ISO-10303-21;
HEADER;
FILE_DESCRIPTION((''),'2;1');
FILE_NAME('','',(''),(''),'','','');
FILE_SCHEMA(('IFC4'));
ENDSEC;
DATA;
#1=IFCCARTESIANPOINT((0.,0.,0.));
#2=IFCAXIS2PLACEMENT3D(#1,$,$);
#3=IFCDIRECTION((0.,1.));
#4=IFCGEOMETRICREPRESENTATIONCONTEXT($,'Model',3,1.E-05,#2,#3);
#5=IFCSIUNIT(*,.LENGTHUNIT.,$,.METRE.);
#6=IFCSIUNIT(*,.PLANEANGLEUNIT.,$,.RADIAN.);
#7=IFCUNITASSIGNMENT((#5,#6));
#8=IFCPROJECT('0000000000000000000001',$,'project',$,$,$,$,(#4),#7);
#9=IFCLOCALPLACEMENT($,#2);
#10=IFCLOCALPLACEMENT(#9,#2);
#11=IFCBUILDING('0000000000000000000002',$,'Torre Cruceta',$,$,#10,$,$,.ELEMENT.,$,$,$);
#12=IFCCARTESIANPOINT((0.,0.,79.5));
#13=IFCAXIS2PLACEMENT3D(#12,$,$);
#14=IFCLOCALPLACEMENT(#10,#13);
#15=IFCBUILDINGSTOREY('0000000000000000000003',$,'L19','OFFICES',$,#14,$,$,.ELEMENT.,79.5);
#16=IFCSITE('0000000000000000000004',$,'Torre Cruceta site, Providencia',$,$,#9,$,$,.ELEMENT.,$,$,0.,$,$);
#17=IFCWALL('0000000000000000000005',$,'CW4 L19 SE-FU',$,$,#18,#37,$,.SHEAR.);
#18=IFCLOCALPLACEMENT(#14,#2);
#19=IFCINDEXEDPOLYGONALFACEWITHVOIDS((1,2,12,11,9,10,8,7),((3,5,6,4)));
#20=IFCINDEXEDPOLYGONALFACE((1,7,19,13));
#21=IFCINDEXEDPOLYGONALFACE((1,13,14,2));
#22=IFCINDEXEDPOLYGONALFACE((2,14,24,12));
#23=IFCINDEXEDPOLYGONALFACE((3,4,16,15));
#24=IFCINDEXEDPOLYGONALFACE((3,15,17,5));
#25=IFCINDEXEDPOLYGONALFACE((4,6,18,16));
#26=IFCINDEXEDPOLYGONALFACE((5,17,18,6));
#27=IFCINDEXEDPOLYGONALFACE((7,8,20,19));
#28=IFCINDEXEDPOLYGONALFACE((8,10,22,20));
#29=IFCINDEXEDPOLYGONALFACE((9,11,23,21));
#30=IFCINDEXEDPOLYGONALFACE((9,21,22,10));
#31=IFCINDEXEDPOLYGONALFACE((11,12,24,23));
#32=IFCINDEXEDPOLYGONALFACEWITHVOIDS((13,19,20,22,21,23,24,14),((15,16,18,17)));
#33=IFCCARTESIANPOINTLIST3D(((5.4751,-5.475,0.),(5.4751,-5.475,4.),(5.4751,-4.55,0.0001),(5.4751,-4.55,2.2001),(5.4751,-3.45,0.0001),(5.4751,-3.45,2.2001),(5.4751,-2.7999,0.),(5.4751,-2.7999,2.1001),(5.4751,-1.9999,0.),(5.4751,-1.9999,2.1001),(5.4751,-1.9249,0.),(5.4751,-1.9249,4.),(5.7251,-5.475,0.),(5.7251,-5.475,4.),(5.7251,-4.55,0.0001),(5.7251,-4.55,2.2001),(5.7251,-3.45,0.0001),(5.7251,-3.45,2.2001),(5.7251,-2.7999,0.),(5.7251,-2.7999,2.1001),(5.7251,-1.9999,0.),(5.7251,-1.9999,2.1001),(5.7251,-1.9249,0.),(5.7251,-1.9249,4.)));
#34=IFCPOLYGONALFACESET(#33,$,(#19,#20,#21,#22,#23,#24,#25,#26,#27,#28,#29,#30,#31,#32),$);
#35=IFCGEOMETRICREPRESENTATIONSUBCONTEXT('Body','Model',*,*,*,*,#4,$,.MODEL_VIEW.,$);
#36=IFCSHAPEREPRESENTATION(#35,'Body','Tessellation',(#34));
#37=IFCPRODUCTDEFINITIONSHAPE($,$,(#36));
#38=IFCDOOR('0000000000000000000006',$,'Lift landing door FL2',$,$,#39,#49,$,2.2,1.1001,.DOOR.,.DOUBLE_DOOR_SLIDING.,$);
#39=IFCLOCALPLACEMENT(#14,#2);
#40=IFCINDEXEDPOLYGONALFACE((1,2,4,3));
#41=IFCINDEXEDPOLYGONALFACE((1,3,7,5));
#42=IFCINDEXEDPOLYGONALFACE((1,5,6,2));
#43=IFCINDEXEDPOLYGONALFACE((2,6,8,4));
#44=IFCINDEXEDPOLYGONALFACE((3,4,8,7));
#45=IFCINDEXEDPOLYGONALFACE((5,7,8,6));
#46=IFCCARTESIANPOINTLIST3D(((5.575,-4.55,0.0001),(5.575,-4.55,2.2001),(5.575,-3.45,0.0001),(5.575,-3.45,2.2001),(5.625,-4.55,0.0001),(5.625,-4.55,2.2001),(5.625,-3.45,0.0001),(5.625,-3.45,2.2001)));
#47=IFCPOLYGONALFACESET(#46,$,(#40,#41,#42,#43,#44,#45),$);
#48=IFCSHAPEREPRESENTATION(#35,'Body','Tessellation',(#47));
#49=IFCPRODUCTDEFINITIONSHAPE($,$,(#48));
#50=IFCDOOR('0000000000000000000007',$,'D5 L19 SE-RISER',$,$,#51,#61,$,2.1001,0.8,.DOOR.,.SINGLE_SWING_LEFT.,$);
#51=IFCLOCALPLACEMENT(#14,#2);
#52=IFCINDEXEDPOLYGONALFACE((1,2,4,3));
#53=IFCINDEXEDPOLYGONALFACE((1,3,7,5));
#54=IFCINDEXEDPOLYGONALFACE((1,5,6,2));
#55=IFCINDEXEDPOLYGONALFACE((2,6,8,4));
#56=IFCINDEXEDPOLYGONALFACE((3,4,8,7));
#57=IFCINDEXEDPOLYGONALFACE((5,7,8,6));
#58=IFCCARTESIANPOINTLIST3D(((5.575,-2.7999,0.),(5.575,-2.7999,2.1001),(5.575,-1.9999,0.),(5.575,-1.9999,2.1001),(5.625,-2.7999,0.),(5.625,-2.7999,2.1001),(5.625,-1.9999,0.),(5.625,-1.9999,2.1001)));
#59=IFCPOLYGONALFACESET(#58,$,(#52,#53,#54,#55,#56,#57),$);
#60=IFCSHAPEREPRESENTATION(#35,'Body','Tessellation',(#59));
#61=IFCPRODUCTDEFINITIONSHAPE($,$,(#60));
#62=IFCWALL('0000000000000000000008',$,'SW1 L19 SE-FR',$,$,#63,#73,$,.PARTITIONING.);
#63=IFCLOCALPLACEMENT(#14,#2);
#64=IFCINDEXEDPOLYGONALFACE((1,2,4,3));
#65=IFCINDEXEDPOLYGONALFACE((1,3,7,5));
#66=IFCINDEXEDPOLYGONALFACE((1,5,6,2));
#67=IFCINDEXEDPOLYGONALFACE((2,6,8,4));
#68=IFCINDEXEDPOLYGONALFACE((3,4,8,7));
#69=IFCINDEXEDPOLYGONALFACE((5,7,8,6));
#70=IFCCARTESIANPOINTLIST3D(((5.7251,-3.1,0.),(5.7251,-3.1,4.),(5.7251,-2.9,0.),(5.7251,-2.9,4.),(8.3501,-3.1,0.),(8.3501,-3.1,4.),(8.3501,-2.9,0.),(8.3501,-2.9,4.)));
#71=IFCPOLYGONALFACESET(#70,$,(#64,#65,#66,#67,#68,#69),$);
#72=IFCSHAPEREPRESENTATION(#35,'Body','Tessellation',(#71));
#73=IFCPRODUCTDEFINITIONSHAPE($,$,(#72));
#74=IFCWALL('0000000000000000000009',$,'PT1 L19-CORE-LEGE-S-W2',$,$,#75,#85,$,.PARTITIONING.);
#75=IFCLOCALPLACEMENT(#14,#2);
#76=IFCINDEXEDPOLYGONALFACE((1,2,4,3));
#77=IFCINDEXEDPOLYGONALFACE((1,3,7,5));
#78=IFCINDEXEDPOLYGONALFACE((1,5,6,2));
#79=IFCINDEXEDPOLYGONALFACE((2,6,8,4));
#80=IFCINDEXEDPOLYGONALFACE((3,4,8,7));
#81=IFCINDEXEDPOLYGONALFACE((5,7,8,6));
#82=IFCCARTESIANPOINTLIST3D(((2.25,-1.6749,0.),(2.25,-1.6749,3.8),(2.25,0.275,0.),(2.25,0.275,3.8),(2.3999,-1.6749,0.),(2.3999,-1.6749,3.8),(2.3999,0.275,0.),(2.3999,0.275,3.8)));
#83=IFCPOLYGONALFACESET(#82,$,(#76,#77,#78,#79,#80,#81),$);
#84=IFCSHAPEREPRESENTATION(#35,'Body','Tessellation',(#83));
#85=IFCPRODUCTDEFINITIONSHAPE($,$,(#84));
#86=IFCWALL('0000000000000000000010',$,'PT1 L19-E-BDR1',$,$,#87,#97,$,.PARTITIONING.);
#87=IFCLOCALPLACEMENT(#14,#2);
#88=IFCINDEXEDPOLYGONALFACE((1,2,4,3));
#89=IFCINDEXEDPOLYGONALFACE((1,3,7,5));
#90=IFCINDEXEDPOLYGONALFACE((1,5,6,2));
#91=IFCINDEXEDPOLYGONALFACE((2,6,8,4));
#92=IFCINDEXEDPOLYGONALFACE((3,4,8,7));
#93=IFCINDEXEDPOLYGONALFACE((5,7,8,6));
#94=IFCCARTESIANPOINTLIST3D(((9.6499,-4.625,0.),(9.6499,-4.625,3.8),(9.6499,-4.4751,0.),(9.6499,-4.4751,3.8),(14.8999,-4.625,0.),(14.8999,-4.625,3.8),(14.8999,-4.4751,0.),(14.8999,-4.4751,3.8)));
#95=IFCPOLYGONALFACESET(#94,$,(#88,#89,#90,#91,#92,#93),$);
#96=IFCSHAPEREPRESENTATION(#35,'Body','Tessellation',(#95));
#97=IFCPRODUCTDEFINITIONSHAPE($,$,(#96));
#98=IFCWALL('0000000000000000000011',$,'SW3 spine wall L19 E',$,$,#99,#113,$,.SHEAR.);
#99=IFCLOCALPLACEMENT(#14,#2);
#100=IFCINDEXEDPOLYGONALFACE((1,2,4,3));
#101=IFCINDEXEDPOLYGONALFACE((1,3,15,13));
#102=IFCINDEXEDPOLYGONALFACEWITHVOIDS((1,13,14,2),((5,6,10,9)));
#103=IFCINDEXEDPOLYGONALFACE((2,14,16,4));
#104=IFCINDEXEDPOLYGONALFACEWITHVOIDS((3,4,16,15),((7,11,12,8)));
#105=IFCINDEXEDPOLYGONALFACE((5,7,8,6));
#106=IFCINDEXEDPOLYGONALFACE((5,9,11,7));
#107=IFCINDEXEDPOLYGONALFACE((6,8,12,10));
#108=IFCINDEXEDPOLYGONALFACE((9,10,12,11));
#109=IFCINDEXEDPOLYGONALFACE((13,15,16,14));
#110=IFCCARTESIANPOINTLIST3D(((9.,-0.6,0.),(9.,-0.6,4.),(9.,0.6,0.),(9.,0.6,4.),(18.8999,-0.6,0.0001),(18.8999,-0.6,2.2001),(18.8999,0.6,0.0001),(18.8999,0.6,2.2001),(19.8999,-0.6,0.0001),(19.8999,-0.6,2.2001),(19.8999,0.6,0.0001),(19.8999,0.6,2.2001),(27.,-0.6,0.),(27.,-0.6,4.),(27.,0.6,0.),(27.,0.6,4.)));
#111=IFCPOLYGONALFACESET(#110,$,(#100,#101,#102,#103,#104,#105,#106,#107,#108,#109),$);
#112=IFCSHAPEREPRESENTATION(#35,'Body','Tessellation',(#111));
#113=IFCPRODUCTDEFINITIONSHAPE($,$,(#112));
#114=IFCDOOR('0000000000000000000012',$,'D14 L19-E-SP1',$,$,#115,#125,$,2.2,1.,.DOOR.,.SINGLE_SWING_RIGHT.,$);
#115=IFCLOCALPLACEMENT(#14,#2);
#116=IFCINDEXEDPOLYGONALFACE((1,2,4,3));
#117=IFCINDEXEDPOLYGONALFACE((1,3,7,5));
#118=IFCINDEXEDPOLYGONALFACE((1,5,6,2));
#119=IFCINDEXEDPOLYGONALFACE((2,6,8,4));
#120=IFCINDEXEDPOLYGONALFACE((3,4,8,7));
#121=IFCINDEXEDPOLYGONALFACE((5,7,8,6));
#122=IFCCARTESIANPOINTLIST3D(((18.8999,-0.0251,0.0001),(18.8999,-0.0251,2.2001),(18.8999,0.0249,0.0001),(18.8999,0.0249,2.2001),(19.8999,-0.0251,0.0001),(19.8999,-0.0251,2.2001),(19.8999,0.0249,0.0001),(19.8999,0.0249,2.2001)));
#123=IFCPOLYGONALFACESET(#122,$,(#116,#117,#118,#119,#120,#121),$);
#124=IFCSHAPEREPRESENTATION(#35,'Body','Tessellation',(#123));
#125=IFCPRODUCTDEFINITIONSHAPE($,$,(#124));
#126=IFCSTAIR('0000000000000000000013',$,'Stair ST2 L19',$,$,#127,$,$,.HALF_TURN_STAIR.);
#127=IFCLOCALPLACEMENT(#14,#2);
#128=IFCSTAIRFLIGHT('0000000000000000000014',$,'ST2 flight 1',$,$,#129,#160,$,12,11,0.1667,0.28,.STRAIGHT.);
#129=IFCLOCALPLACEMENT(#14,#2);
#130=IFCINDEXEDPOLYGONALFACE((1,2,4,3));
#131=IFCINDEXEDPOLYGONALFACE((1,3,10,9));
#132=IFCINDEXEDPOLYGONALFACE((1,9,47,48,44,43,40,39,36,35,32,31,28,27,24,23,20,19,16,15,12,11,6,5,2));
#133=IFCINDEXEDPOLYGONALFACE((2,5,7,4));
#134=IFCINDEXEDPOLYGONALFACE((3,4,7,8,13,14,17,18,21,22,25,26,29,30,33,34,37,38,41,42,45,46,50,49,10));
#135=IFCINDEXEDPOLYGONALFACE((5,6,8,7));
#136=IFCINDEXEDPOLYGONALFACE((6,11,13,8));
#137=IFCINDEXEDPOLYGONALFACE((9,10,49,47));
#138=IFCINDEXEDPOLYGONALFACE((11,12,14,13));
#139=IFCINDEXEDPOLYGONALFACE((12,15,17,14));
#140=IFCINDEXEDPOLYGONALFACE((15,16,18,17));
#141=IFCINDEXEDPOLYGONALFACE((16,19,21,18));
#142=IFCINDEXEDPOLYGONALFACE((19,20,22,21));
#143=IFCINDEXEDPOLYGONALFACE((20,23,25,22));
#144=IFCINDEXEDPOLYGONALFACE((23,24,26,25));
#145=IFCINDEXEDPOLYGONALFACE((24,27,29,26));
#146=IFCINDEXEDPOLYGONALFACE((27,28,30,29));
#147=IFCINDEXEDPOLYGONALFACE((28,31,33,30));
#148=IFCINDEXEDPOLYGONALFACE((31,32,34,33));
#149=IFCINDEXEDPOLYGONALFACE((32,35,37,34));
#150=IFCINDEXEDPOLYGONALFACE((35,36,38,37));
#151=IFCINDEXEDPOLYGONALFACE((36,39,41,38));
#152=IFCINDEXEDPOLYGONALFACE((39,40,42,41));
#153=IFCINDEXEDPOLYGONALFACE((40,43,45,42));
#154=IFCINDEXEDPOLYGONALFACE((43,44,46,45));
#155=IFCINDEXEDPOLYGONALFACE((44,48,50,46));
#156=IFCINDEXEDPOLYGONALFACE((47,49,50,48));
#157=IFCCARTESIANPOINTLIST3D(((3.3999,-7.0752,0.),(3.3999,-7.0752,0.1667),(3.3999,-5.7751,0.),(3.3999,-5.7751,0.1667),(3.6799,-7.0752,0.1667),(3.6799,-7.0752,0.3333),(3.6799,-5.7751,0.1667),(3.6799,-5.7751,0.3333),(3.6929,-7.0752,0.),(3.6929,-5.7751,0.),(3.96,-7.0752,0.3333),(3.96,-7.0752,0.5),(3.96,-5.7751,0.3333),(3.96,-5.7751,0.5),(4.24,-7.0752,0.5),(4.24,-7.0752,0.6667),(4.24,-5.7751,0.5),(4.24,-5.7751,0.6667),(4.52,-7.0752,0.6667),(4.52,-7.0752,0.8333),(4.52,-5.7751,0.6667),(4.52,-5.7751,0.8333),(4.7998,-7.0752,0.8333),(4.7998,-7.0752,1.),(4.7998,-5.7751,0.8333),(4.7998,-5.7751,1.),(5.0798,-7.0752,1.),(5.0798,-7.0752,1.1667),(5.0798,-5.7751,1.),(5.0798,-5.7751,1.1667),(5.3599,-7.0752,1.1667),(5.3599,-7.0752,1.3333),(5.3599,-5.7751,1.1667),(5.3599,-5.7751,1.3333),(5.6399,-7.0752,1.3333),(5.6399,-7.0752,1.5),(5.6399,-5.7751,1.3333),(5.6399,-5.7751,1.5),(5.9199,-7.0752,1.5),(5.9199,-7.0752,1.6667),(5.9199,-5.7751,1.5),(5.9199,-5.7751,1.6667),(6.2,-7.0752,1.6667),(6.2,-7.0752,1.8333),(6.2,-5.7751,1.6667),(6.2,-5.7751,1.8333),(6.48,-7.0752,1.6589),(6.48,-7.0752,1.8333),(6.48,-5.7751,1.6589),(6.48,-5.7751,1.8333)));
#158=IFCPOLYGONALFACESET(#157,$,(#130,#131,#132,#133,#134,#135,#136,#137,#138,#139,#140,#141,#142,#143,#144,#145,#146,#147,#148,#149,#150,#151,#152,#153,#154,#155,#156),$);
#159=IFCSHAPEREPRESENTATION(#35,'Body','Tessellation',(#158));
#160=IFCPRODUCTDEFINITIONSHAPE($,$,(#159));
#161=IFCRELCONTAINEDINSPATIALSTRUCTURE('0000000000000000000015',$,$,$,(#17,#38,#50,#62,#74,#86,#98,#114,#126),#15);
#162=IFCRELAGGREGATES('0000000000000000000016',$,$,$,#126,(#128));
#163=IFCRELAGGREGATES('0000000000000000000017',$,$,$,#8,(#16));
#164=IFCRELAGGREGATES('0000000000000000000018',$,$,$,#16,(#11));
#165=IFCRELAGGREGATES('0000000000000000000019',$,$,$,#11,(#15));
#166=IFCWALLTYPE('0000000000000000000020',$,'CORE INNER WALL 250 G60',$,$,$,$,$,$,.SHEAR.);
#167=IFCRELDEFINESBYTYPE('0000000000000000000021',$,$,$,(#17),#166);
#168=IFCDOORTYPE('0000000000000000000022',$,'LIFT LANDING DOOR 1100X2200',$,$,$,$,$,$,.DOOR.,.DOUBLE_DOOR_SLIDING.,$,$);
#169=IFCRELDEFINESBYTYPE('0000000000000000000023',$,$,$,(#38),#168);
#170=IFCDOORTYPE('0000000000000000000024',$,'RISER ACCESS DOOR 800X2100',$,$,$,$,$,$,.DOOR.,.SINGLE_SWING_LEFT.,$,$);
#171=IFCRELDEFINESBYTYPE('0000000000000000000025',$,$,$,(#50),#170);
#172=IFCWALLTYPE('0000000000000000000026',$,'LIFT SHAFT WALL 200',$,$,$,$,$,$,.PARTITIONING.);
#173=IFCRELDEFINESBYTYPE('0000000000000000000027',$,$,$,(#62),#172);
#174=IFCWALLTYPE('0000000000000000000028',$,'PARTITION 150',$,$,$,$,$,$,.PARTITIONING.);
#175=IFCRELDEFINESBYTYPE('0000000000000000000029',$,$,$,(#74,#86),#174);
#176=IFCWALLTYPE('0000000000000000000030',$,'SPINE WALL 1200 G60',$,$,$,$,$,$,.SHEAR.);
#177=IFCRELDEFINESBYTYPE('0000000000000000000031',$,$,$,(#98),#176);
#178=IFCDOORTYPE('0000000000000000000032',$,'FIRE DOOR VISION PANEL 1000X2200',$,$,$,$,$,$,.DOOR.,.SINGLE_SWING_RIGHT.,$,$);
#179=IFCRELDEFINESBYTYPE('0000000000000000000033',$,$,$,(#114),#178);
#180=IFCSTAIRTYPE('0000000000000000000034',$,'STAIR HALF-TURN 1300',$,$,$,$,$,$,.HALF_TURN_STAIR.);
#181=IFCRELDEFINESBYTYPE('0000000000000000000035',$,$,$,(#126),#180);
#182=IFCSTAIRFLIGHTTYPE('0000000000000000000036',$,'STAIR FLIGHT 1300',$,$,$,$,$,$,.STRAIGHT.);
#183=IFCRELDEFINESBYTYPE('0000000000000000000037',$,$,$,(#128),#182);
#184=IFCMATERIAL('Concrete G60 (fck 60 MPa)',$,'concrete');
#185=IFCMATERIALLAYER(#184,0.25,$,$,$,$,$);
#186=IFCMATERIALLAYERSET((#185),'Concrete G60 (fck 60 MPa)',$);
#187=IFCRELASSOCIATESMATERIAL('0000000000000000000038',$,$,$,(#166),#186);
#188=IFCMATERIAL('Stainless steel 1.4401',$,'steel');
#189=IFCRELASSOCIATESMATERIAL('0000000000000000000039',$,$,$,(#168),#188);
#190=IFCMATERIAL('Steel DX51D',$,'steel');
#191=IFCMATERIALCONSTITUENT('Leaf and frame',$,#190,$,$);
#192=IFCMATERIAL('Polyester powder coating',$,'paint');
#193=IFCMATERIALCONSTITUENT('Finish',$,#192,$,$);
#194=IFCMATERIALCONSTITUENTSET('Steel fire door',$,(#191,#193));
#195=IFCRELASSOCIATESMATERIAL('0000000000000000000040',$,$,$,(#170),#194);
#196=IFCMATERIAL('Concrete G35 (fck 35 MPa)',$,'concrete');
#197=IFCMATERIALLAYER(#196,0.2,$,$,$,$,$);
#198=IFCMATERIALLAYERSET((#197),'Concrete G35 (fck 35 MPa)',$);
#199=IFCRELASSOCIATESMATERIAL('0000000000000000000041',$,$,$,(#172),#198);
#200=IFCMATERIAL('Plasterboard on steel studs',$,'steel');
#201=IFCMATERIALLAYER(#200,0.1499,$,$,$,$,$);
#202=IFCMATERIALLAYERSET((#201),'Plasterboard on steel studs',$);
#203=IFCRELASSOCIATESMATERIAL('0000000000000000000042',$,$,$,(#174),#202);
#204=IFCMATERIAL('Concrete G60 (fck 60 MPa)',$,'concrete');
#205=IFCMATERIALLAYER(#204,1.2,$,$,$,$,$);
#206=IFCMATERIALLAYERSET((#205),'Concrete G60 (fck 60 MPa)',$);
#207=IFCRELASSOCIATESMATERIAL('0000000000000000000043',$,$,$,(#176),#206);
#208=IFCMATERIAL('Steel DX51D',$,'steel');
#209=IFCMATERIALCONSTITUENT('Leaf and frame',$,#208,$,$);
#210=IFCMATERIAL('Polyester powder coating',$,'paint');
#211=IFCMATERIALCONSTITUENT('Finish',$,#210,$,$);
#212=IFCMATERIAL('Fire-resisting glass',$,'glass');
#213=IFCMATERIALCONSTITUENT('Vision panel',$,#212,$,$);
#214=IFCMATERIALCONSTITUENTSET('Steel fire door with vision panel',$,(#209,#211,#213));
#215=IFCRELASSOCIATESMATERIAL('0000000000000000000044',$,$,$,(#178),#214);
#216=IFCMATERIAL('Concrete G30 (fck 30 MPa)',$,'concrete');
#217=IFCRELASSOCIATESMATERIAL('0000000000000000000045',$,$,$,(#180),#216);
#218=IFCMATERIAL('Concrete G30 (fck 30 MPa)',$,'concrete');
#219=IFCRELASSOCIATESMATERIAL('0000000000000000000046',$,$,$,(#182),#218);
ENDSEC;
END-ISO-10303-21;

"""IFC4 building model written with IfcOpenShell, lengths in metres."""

from ifc_helpers import new_model, si_unit, direction, frame, frame_2d, origin, place, context, subcontext, project, spatial, polyline, rectangle, outline, extrude, material, layer, layer_set, constituent, constituent_set, type_object, element, fill, aggregate, save


model = new_model("IFC4")

# Units and contexts
model_context = context("Model", 3, precision=1e-05, world=origin(), true_north=direction((0.0, 1.0)))
body_context = subcontext(model_context, "Body", "Model", "MODEL_VIEW")
ifc_project = project(units=[si_unit("LENGTHUNIT", "METRE"), si_unit("PLANEANGLEUNIT", "RADIAN")], contexts=[model_context])

# Site, building, storey
site_placement = place(None, origin())
site = spatial("IfcSite", under=ifc_project, at=site_placement, Name="Torre Cruceta site, Providencia", CompositionType="ELEMENT", RefElevation=0.0)
building_placement = place(site_placement, origin())
building = spatial("IfcBuilding", under=site, at=building_placement, Name="Torre Cruceta", CompositionType="ELEMENT")
storey_placement = place(building_placement, frame((0.0, 0.0, 79.5)))
storey = spatial("IfcBuildingStorey", under=building, at=storey_placement, Name="L19", Description="OFFICES", CompositionType="ELEMENT", Elevation=79.5)

# Shared definitions
ifc_material_1 = material(Name="Concrete G60 (fck 60 MPa)", Category="concrete")
ifc_layer_1 = layer(ifc_material_1, 0.25)
ifc_layer_set_1 = layer_set([ifc_layer_1], Name="Concrete G60 (fck 60 MPa)")
wall_type_1 = type_object("IfcWallType", Name="CORE INNER WALL 250 G60", PredefinedType="SHEAR", material=ifc_layer_set_1)

# Wall, openings, doors
wall_1_placement = place(storey_placement, frame((5.6001, -1.925, 0.0), z_axis=(0.0, 0.0, 1.0), x_axis=(0.0, -1.0, 0.0)))
wall_1 = element("IfcWall", 1, at=wall_1_placement, inside=storey, type_object=wall_type_1, Name="CW4 L19 SE-FU", PredefinedType="SHEAR", context=body_context, shape_type="SweptSolid", body=[
    extrude(rectangle(XDim=3.55, YDim=0.25, at=frame_2d((1.7749, 0.0))), origin(), (0.0, 0.0, 1.0), 4.0),
])
opening_1_placement = place(wall_1_placement, frame((1.5249, 0.0, 0.0)))
opening_1 = element("IfcOpeningElement", 2, at=opening_1_placement, cuts=wall_1, PredefinedType="OPENING", context=body_context, shape_type="SweptSolid", body=[
    extrude(rectangle(XDim=1.1001, YDim=2.2, at=frame_2d((0.55, 1.1001))), frame((0.0, 0.135, 0.0), z_axis=(0.0, -1.0, 0.0), x_axis=(1.0, 0.0, 0.0)), (0.0, 0.0, 1.0), 0.27),
])
opening_2_placement = place(wall_1_placement, frame((0.075, 0.0, 0.0)))
opening_2 = element("IfcOpeningElement", 3, at=opening_2_placement, cuts=wall_1, PredefinedType="OPENING", context=body_context, shape_type="SweptSolid", body=[
    extrude(rectangle(XDim=0.8, YDim=2.1001, at=frame_2d((0.3999, 1.05))), frame((0.0, 0.135, 0.0), z_axis=(0.0, -1.0, 0.0), x_axis=(1.0, 0.0, 0.0)), (0.0, 0.0, 1.0), 0.27),
])
ifc_material_2 = material(Name="Stainless steel 1.4401", Category="steel")
door_type_1 = type_object("IfcDoorType", Name="LIFT LANDING DOOR 1100X2200", OperationType="DOUBLE_DOOR_SLIDING", PredefinedType="DOOR", material=ifc_material_2)
door_1_placement = place(opening_1_placement, origin())
door_1 = element("IfcDoor", 4, at=door_1_placement, inside=storey, type_object=door_type_1, Name="Lift landing door FL2", OperationType="DOUBLE_DOOR_SLIDING", OverallHeight=2.2, OverallWidth=1.1001, PredefinedType="DOOR", context=body_context, shape_type="SweptSolid", body=[
    extrude(rectangle(XDim=1.1001, YDim=2.2, at=frame_2d((0.55, 1.1001))), frame((0.0, 0.0249, 0.0), z_axis=(0.0, -1.0, 0.0), x_axis=(1.0, 0.0, 0.0)), (0.0, 0.0, 1.0), 0.05),
])
fill(opening_1, door_1)
ifc_material_3 = material(Name="Steel DX51D", Category="steel")
ifc_constituent_1 = constituent(ifc_material_3, Name="Leaf and frame")
ifc_material_4 = material(Name="Polyester powder coating", Category="paint")
ifc_constituent_2 = constituent(ifc_material_4, Name="Finish")
ifc_constituent_set_1 = constituent_set(constituents=[ifc_constituent_1, ifc_constituent_2], Name="Steel fire door")
door_type_2 = type_object("IfcDoorType", Name="RISER ACCESS DOOR 800X2100", OperationType="SINGLE_SWING_LEFT", PredefinedType="DOOR", material=ifc_constituent_set_1)
door_2_placement = place(opening_2_placement, origin())
door_2 = element("IfcDoor", 5, at=door_2_placement, inside=storey, type_object=door_type_2, Name="D5 L19 SE-RISER", OperationType="SINGLE_SWING_LEFT", OverallHeight=2.1001, OverallWidth=0.8, PredefinedType="DOOR", context=body_context, shape_type="SweptSolid", body=[
    extrude(rectangle(XDim=0.8, YDim=2.1001, at=frame_2d((0.3999, 1.05))), frame((0.0, 0.0249, 0.0), z_axis=(0.0, -1.0, 0.0), x_axis=(1.0, 0.0, 0.0)), (0.0, 0.0, 1.0), 0.05),
])
fill(opening_2, door_2)

# Walls
ifc_material_5 = material(Name="Concrete G35 (fck 35 MPa)", Category="concrete")
ifc_layer_2 = layer(ifc_material_5, 0.2)
ifc_layer_set_2 = layer_set([ifc_layer_2], Name="Concrete G35 (fck 35 MPa)")
wall_type_2 = type_object("IfcWallType", Name="LIFT SHAFT WALL 200", PredefinedType="PARTITIONING", material=ifc_layer_set_2)
wall_2_placement = place(storey_placement, frame((5.7251, -3.0, 0.0), z_axis=(0.0, 0.0, 1.0), x_axis=(1.0, 0.0, 0.0)))
element("IfcWall", 6, at=wall_2_placement, inside=storey, type_object=wall_type_2, Name="SW1 L19 SE-FR", PredefinedType="PARTITIONING", context=body_context, shape_type="SweptSolid", body=[
    extrude(rectangle(XDim=2.625, YDim=0.2, at=frame_2d((1.3125, 0.0))), origin(), (0.0, 0.0, 1.0), 4.0),
])
ifc_material_6 = material(Name="Plasterboard on steel studs", Category="steel")
ifc_layer_3 = layer(ifc_material_6, 0.1499)
ifc_layer_set_3 = layer_set([ifc_layer_3], Name="Plasterboard on steel studs")
wall_type_3 = type_object("IfcWallType", Name="PARTITION 150", PredefinedType="PARTITIONING", material=ifc_layer_set_3)
wall_3_placement = place(storey_placement, frame((2.325, -1.675, 0.0), z_axis=(0.0, 0.0, 1.0), x_axis=(0.0, 1.0, 0.0)))
element("IfcWall", 7, at=wall_3_placement, inside=storey, type_object=wall_type_3, Name="PT1 L19-CORE-LEGE-S-W2", PredefinedType="PARTITIONING", context=body_context, shape_type="SweptSolid", body=[
    extrude(rectangle(XDim=1.95, YDim=0.1499, at=frame_2d((0.9751, 0.0))), origin(), (0.0, 0.0, 1.0), 3.8),
])
wall_4_placement = place(storey_placement, frame((9.6499, -4.55, 0.0), z_axis=(0.0, 0.0, 1.0), x_axis=(1.0, 0.0, 0.0)))
element("IfcWall", 8, at=wall_4_placement, inside=storey, type_object=wall_type_3, Name="PT1 L19-E-BDR1", PredefinedType="PARTITIONING", context=body_context, shape_type="SweptSolid", body=[
    extrude(rectangle(XDim=5.25, YDim=0.1499, at=frame_2d((2.625, 0.0))), origin(), (0.0, 0.0, 1.0), 3.8),
])

# Wall, opening, door
ifc_material_7 = material(Name="Concrete G60 (fck 60 MPa)", Category="concrete")
ifc_layer_4 = layer(ifc_material_7, 1.2)
ifc_layer_set_4 = layer_set([ifc_layer_4], Name="Concrete G60 (fck 60 MPa)")
wall_type_4 = type_object("IfcWallType", Name="SPINE WALL 1200 G60", PredefinedType="SHEAR", material=ifc_layer_set_4)
wall_5_placement = place(storey_placement, frame((9.0, 0.0, 0.0), z_axis=(0.0, 0.0, 1.0), x_axis=(1.0, 0.0, 0.0)))
wall_5 = element("IfcWall", 9, at=wall_5_placement, inside=storey, type_object=wall_type_4, Name="SW3 spine wall L19 E", PredefinedType="SHEAR", context=body_context, shape_type="SweptSolid", body=[
    extrude(rectangle(XDim=18.0, YDim=1.2, at=frame_2d((9.0, 0.0))), origin(), (0.0, 0.0, 1.0), 4.0),
])
opening_3_placement = place(wall_5_placement, frame((9.8999, 0.0, 0.0)))
opening_3 = element("IfcOpeningElement", 10, at=opening_3_placement, cuts=wall_5, PredefinedType="OPENING", context=body_context, shape_type="SweptSolid", body=[
    extrude(rectangle(XDim=1.0, YDim=2.2, at=frame_2d((0.5, 1.1001))), frame((0.0, 0.6099, 0.0), z_axis=(0.0, -1.0, 0.0), x_axis=(1.0, 0.0, 0.0)), (0.0, 0.0, 1.0), 1.22),
])
ifc_material_8 = material(Name="Steel DX51D", Category="steel")
ifc_constituent_3 = constituent(ifc_material_8, Name="Leaf and frame")
ifc_material_9 = material(Name="Polyester powder coating", Category="paint")
ifc_constituent_4 = constituent(ifc_material_9, Name="Finish")
ifc_material_10 = material(Name="Fire-resisting glass", Category="glass")
ifc_constituent_5 = constituent(ifc_material_10, Name="Vision panel")
ifc_constituent_set_2 = constituent_set(constituents=[ifc_constituent_3, ifc_constituent_4, ifc_constituent_5], Name="Steel fire door with vision panel")
door_type_3 = type_object("IfcDoorType", Name="FIRE DOOR VISION PANEL 1000X2200", OperationType="SINGLE_SWING_RIGHT", PredefinedType="DOOR", material=ifc_constituent_set_2)
door_3_placement = place(opening_3_placement, origin())
door_3 = element("IfcDoor", 11, at=door_3_placement, inside=storey, type_object=door_type_3, Name="D14 L19-E-SP1", OperationType="SINGLE_SWING_RIGHT", OverallHeight=2.2, OverallWidth=1.0, PredefinedType="DOOR", context=body_context, shape_type="SweptSolid", body=[
    extrude(rectangle(XDim=1.0, YDim=2.2, at=frame_2d((0.5, 1.1001))), frame((0.0, 0.0249, 0.0), z_axis=(0.0, -1.0, 0.0), x_axis=(1.0, 0.0, 0.0)), (0.0, 0.0, 1.0), 0.05),
])
fill(opening_3, door_3)

# Stair, stair flight
ifc_material_11 = material(Name="Concrete G30 (fck 30 MPa)", Category="concrete")
stair_type = type_object("IfcStairType", Name="STAIR HALF-TURN 1300", PredefinedType="HALF_TURN_STAIR", material=ifc_material_11)
stair_placement = place(storey_placement, origin())
stair = element("IfcStair", 12, at=stair_placement, inside=storey, type_object=stair_type, Name="Stair ST2 L19", PredefinedType="HALF_TURN_STAIR")
ifc_material_12 = material(Name="Concrete G30 (fck 30 MPa)", Category="concrete")
stair_flight_type = type_object("IfcStairFlightType", Name="STAIR FLIGHT 1300", PredefinedType="STRAIGHT", material=ifc_material_12)
stair_flight_1_placement = place(storey_placement, frame((3.3999, -6.425, 0.0), z_axis=(0.0, 0.0, 1.0), x_axis=(1.0, 0.0, 0.0)))
stair_flight_1 = element("IfcStairFlight", 13, at=stair_flight_1_placement, type_object=stair_flight_type, Name="ST2 flight 1", NumberOfRisers=12, NumberOfTreads=11, PredefinedType="STRAIGHT", RiserHeight=0.1667, TreadLength=0.28, context=body_context, shape_type="SweptSolid", body=[
    extrude(outline(polyline([(0.0, 0.0), (0.0, 0.1667), (0.28, 0.1667), (0.28, 0.3333), (0.5601, 0.3333), (0.5601, 0.5), (0.8401, 0.5), (0.8401, 0.6667), (1.1201, 0.6667), (1.1201, 0.8333), (1.3999, 0.8333), (1.3999, 1.0), (1.6799, 1.0), (1.6799, 1.1667), (1.96, 1.1667), (1.96, 1.3333), (2.24, 1.3333), (2.24, 1.5), (2.52, 1.5), (2.52, 1.6667), (2.8, 1.6667), (2.8, 1.8333), (3.0801, 1.8333), (3.0801, 2.0), (3.0801, 1.6589), (0.293, 0.0), (0.0, 0.0)])), frame((0.0, 0.6499, 0.0), z_axis=(0.0, -1.0, 0.0), x_axis=(1.0, 0.0, 0.0)), (0.0, 0.0, 1.0), 1.3),
])
aggregate(stair, [stair_flight_1])

save(model, "model.ifc")
